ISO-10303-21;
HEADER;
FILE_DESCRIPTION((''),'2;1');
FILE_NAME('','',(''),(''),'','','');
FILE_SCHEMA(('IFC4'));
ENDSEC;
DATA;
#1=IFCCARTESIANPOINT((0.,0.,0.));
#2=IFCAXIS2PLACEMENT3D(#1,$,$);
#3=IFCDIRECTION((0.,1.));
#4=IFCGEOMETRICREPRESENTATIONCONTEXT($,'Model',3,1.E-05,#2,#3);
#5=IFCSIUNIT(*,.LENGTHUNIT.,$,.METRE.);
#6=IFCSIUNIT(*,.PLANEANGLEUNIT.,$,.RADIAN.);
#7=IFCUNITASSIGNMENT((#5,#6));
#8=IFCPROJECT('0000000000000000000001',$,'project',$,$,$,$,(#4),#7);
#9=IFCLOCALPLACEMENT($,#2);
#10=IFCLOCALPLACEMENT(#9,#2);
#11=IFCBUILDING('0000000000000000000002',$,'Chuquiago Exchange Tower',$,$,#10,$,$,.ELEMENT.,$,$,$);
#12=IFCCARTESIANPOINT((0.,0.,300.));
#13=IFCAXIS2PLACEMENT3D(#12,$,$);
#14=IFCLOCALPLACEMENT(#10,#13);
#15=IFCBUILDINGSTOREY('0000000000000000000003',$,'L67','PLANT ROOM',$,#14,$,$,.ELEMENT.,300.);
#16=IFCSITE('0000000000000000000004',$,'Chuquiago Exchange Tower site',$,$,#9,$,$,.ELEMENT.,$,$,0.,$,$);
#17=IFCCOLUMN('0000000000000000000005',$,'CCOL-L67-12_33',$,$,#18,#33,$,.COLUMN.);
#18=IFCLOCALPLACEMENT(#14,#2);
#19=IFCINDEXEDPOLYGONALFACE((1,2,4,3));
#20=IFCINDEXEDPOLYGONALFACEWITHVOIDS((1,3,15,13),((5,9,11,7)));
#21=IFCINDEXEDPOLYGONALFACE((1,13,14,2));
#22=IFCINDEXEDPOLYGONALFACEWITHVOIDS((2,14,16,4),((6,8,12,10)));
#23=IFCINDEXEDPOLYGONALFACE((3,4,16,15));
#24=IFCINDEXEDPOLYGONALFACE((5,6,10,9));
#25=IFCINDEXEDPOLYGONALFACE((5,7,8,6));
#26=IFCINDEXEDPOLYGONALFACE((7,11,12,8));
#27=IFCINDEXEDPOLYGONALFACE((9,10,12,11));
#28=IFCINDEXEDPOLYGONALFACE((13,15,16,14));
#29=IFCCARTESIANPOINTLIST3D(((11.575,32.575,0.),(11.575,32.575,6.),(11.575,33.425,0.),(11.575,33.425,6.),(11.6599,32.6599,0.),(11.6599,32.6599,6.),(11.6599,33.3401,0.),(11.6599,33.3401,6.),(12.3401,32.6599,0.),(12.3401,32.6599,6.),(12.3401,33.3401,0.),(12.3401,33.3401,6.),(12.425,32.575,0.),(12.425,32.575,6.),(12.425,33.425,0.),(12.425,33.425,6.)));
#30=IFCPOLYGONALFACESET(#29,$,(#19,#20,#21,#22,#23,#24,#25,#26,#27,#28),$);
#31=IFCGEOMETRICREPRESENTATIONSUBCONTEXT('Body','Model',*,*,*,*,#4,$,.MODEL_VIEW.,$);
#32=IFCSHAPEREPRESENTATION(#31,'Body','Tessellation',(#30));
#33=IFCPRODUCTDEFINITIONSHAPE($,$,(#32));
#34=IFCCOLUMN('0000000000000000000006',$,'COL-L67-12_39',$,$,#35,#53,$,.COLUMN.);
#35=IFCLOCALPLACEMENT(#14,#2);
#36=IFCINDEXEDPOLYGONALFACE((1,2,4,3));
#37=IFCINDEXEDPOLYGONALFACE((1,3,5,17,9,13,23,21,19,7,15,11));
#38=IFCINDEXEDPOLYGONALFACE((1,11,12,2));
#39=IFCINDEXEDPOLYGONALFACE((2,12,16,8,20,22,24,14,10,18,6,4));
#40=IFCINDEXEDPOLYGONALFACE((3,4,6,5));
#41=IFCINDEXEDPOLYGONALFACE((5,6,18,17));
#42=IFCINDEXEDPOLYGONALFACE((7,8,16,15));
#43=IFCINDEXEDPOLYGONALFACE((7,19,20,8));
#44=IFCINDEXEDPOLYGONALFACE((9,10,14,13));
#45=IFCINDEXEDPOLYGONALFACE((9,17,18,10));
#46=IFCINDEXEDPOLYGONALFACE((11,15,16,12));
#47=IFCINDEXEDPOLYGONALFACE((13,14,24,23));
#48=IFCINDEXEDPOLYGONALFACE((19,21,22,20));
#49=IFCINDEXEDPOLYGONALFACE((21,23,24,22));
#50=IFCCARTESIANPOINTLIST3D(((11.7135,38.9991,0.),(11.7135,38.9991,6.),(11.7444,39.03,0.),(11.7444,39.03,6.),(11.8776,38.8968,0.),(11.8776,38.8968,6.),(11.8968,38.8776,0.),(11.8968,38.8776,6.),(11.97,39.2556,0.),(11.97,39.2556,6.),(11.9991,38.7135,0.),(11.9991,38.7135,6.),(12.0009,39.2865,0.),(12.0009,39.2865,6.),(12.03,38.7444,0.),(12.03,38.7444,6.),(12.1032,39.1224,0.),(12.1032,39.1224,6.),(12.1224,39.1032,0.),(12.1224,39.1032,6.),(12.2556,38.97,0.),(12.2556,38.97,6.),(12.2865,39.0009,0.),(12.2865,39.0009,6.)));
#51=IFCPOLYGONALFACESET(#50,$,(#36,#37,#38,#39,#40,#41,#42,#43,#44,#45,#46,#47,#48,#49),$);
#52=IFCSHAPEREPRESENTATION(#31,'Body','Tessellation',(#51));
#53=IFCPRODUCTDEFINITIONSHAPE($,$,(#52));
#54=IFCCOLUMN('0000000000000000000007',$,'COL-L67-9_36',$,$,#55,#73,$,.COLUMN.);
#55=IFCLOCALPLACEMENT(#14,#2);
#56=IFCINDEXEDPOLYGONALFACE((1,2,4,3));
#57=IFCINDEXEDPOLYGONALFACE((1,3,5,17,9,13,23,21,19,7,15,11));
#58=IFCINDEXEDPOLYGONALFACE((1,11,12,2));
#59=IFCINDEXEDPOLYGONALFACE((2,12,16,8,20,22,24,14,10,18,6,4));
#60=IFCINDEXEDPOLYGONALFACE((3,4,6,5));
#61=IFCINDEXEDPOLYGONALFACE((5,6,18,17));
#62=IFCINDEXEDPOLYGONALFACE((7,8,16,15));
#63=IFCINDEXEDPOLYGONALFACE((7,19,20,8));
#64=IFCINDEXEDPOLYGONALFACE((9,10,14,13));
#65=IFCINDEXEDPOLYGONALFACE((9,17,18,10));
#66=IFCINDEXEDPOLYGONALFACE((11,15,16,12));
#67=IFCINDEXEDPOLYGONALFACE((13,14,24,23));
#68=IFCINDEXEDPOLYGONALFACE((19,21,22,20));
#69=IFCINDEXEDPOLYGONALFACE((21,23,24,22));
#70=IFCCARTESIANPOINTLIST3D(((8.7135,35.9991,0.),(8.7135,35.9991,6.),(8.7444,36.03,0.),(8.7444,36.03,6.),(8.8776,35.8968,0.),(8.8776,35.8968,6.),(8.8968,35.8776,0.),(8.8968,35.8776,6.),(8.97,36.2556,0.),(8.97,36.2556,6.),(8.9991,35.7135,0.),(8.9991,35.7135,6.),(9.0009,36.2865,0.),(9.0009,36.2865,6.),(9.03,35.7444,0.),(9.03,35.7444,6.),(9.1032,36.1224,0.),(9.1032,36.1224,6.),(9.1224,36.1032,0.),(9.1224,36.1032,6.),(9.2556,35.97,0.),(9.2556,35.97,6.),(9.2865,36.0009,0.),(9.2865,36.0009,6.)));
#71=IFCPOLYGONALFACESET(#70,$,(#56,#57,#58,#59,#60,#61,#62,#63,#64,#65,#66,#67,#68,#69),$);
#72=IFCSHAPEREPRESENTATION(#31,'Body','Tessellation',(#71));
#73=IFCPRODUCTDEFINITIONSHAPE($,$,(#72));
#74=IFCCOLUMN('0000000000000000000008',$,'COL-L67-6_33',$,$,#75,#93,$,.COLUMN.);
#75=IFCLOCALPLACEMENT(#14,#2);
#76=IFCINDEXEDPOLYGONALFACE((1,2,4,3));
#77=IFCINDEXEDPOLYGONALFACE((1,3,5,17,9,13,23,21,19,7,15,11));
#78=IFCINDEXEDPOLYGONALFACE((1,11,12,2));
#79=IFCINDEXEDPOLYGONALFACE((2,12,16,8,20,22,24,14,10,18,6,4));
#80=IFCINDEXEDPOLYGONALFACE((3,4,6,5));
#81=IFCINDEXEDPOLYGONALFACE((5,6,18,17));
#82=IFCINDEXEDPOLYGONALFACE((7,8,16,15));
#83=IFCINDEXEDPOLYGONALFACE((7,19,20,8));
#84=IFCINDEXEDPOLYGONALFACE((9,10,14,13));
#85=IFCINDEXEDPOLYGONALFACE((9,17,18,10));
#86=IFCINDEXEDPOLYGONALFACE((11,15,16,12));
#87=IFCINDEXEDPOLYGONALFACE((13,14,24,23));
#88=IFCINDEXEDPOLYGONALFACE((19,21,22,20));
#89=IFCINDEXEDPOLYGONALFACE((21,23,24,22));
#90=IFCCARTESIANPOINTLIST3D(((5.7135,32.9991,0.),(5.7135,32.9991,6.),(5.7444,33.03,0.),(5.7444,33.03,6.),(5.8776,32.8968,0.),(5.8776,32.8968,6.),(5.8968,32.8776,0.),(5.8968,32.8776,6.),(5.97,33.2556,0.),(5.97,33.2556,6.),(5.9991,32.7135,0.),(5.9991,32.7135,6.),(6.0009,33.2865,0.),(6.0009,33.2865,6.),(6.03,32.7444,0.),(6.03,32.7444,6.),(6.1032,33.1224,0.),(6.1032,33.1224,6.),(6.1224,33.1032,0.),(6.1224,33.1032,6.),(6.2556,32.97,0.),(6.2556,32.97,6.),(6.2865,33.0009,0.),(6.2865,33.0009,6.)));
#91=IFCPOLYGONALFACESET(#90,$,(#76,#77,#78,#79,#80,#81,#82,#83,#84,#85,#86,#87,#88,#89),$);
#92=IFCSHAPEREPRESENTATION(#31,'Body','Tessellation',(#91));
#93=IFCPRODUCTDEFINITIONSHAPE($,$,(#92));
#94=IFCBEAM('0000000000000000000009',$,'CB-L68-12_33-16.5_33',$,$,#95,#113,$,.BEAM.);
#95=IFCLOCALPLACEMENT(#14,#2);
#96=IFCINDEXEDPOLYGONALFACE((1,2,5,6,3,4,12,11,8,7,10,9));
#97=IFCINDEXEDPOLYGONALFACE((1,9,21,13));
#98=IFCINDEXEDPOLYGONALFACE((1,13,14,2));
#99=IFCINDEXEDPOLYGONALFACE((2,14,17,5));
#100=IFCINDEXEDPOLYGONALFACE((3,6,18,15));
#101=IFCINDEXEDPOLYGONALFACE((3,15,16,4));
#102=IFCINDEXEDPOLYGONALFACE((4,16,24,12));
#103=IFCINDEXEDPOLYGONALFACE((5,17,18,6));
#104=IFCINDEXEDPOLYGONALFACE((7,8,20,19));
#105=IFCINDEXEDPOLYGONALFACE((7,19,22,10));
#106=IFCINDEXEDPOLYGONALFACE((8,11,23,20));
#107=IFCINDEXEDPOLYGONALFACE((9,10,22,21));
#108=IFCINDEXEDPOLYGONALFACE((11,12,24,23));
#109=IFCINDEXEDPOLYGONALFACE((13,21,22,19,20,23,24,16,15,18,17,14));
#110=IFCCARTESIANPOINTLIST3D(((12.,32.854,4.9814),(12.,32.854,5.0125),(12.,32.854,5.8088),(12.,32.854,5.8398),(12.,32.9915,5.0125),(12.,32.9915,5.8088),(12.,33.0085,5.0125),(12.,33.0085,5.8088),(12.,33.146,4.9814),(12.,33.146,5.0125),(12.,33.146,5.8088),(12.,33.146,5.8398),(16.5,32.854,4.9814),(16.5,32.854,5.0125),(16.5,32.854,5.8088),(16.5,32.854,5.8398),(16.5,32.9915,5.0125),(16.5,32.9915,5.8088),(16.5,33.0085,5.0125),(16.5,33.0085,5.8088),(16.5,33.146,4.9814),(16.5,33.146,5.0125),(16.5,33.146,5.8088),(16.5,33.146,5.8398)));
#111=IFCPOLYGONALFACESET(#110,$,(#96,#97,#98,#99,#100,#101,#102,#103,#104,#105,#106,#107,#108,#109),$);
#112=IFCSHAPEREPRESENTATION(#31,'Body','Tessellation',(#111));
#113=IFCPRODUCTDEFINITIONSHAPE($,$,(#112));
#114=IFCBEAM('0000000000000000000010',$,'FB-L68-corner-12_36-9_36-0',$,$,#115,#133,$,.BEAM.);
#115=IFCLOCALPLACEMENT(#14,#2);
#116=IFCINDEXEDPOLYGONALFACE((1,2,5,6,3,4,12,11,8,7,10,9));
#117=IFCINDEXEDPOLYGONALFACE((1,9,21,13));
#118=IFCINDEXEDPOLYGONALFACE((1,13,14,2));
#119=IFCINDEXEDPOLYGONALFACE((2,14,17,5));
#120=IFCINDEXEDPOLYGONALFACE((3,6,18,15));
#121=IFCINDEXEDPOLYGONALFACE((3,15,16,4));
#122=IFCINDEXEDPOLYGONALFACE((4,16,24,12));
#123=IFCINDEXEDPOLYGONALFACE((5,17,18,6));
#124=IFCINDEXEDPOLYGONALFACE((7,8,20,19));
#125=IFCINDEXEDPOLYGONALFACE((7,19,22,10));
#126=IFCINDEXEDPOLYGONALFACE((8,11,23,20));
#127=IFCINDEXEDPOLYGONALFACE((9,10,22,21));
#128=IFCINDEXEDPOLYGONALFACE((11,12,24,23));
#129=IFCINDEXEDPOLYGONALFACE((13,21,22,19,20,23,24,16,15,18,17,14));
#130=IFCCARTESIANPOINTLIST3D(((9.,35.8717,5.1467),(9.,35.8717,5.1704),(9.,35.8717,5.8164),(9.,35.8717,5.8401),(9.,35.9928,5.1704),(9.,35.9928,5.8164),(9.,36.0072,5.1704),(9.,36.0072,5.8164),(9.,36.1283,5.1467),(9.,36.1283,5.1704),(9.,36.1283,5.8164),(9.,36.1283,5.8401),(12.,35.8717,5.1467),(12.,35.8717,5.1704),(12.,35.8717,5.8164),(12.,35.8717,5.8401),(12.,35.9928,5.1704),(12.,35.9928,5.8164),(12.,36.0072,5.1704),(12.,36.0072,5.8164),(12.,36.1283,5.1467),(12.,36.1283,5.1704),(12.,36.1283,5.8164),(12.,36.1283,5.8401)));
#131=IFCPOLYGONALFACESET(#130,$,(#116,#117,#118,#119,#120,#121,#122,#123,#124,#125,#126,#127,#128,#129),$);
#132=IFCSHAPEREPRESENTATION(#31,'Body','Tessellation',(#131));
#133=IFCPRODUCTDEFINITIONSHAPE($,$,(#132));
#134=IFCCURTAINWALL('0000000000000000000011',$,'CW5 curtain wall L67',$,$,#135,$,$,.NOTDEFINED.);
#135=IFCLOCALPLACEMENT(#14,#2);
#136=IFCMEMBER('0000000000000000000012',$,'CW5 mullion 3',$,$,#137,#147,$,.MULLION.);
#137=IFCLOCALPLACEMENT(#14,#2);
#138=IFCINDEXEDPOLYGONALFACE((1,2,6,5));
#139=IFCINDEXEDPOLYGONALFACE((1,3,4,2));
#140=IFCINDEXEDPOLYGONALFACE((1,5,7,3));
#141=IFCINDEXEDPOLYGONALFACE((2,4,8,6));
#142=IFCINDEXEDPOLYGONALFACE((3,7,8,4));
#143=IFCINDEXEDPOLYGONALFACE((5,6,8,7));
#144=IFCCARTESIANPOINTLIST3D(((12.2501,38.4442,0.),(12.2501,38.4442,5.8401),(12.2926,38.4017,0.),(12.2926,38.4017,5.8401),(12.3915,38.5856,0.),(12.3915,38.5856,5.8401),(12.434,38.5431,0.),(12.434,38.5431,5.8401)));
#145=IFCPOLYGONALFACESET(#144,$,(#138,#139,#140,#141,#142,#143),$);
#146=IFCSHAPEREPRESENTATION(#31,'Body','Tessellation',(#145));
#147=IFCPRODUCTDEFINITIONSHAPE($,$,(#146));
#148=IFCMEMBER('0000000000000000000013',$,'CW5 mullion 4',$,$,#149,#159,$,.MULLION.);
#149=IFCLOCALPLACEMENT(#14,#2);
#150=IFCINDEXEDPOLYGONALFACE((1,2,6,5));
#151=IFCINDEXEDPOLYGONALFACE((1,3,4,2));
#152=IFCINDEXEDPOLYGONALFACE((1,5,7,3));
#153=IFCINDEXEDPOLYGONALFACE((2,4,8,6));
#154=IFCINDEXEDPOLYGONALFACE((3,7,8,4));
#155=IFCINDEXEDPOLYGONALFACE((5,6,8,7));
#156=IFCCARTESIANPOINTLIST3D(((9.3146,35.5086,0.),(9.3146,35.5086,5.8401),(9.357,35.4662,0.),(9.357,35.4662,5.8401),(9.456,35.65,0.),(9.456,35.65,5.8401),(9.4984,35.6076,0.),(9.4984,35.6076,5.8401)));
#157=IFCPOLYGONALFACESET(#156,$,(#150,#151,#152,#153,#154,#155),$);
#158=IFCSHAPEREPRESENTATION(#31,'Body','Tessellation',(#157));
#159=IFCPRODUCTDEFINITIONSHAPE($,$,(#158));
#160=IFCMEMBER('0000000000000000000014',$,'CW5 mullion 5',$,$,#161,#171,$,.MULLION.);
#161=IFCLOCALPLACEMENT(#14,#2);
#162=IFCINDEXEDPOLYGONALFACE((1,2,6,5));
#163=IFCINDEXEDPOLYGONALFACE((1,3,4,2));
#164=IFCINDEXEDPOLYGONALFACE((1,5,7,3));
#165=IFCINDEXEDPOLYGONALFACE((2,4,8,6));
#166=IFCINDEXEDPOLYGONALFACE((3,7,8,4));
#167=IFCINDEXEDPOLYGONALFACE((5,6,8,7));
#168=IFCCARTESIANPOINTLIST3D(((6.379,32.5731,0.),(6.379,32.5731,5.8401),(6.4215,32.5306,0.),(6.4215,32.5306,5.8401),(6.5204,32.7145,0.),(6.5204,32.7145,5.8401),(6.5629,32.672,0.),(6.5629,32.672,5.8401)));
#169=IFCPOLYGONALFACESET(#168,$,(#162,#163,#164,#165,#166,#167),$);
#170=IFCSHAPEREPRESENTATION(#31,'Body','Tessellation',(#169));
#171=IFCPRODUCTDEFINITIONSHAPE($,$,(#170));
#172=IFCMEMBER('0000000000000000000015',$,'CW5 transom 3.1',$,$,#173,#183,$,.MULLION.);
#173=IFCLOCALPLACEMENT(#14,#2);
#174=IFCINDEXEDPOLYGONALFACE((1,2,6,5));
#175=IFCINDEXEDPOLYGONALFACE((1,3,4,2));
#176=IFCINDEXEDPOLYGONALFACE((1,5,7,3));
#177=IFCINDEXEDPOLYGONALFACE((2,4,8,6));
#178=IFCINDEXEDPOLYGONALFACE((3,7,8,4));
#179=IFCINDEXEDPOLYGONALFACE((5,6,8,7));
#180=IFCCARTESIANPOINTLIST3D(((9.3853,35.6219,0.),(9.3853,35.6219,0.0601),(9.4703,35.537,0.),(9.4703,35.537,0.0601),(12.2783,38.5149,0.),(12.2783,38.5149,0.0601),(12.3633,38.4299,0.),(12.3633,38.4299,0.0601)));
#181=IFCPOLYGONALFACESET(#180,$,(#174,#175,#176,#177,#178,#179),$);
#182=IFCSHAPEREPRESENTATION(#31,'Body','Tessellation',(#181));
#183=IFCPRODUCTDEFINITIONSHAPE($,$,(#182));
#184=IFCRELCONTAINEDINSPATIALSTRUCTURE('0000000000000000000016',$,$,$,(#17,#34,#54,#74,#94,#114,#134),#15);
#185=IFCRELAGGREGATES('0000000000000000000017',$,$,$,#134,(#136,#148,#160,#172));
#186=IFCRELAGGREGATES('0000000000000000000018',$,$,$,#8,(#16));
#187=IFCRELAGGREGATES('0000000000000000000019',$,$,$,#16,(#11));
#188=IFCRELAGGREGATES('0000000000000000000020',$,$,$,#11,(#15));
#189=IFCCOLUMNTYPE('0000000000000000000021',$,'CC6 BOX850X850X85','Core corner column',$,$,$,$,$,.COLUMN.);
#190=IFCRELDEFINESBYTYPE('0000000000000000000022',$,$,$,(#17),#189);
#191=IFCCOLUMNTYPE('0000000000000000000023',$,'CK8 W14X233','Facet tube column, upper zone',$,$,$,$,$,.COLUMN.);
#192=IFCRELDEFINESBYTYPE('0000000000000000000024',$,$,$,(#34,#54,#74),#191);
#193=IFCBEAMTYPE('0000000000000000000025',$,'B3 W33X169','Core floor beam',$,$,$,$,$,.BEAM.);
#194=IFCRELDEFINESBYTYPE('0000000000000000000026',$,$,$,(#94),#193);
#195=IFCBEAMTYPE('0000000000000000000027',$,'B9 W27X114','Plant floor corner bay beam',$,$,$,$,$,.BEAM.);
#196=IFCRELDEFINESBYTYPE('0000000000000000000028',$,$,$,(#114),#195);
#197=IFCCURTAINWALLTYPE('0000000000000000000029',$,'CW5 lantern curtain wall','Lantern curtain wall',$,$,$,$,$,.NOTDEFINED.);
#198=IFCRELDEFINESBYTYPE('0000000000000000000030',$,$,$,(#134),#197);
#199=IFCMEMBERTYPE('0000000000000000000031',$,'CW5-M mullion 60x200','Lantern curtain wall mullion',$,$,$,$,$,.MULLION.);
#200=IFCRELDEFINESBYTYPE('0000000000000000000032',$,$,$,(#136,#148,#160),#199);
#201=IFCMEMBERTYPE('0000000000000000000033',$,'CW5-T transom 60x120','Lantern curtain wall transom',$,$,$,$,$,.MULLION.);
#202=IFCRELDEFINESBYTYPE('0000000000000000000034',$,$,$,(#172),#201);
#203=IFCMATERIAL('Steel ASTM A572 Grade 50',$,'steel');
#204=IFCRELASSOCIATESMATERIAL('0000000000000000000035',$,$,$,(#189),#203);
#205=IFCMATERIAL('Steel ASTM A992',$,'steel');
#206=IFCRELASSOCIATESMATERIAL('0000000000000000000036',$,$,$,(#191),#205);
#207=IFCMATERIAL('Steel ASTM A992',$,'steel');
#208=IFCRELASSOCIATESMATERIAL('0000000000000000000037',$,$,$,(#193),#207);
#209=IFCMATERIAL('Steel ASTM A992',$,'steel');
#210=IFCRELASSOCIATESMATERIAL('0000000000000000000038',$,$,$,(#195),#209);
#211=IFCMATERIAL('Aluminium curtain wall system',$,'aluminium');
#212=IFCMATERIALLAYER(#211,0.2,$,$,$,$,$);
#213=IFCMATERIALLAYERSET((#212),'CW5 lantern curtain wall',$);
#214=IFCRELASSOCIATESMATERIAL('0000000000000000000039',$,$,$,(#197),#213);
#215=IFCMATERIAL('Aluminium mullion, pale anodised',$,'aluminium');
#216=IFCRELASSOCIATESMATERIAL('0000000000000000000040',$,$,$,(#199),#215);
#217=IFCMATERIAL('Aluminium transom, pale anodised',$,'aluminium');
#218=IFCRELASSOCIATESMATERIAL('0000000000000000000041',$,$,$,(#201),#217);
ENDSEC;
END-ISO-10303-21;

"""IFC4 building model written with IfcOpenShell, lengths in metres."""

from ifc_helpers import new_model, si_unit, direction, frame, origin, origin_2d, place, context, subcontext, project, spatial, rectangle, hollow_rectangle, i_section, extrude, material, layer, layer_set, material_profile, profile_set, type_object, element, aggregate, save


model = new_model("IFC4")

# Units and contexts
model_context = context("Model", 3, precision=1e-05, world=origin(), true_north=direction((0.0, 1.0)))
body_context = subcontext(model_context, "Body", "Model", "MODEL_VIEW")
ifc_project = project(units=[si_unit("LENGTHUNIT", "METRE"), si_unit("PLANEANGLEUNIT", "RADIAN")], contexts=[model_context])

# Site, building, storey
site_placement = place(None, origin())
site = spatial("IfcSite", under=ifc_project, at=site_placement, Name="Chuquiago Exchange Tower site", CompositionType="ELEMENT", RefElevation=0.0)
building_placement = place(site_placement, origin())
building = spatial("IfcBuilding", under=site, at=building_placement, Name="Chuquiago Exchange Tower", CompositionType="ELEMENT")
storey_placement = place(building_placement, frame((0.0, 0.0, 300.0)))
storey = spatial("IfcBuildingStorey", under=building, at=storey_placement, Name="L67", Description="PLANT ROOM", CompositionType="ELEMENT", Elevation=300.0)

# Columns
ifc_material_1 = material(Name="Steel ASTM A572 Grade 50", Category="steel")
ifc_material_profile_1 = material_profile(ifc_material_1, hollow_rectangle(XDim=0.8501, YDim=0.8501, WallThickness=0.085, at=origin_2d()), Name="BOX850X850X85")
ifc_profile_set_1 = profile_set([ifc_material_profile_1], Name="Steel ASTM A572 Grade 50")
column_type_1 = type_object("IfcColumnType", Name="CC6 BOX850X850X85", Description="Core corner column", PredefinedType="COLUMN", material=ifc_profile_set_1)
column_placement = place(storey_placement, frame((12.0, 33.0, 0.0), z_axis=(0.0, 0.0, 1.0), x_axis=(1.0, 0.0, 0.0)))
element("IfcColumn", 1, at=column_placement, inside=storey, type_object=column_type_1, Name="CCOL-L67-12_33", PredefinedType="COLUMN", context=body_context, shape_type="SweptSolid", body=[
    extrude(hollow_rectangle(XDim=0.8501, YDim=0.8501, WallThickness=0.085, at=origin_2d()), origin(), (0.0, 0.0, 1.0), 6.0),
])
ifc_material_2 = material(Name="Steel ASTM A992", Category="steel")
ifc_material_profile_2 = material_profile(ifc_material_2, i_section(OverallWidth=0.4038, OverallDepth=0.4065, WebThickness=0.0271, FlangeThickness=0.0437, at=origin_2d()), Name="W14X233")
ifc_profile_set_2 = profile_set([ifc_material_profile_2], Name="Steel ASTM A992")
column_type_2 = type_object("IfcColumnType", Name="CK8 W14X233", Description="Facet tube column, upper zone", PredefinedType="COLUMN", material=ifc_profile_set_2)
for number, where, z_axis, x_axis, name in (
    (2, (12.0, 39.0, 0.0), (0.0, 0.0, 1.0), (-0.707107, 0.707107, 0.0), "COL-L67-12_39"),
    (3, (9.0, 36.0, 0.0), (0.0, 0.0, 1.0), (-0.707107, 0.707107, 0.0), "COL-L67-9_36"),
    (4, (6.0, 33.0, 0.0), (0.0, 0.0, 1.0), (-0.707107, 0.707107, 0.0), "COL-L67-6_33"),
):
    element("IfcColumn", number, at=place(storey_placement, frame(where, z_axis=z_axis, x_axis=x_axis)), inside=storey, type_object=column_type_2, Name=name, PredefinedType="COLUMN", context=body_context, shape_type="SweptSolid", body=[
        extrude(i_section(OverallWidth=0.4038, OverallDepth=0.4065, WebThickness=0.0271, FlangeThickness=0.0437, at=origin_2d()), origin(), (0.0, 0.0, 1.0), 6.0),
    ])

# Beams
ifc_material_3 = material(Name="Steel ASTM A992", Category="steel")
ifc_material_profile_3 = material_profile(ifc_material_3, i_section(OverallWidth=0.292, OverallDepth=0.8584, WebThickness=0.0171, FlangeThickness=0.031, at=origin_2d()), Name="W33X169")
ifc_profile_set_3 = profile_set([ifc_material_profile_3], Name="Steel ASTM A992")
beam_type_1 = type_object("IfcBeamType", Name="B3 W33X169", Description="Core floor beam", PredefinedType="BEAM", material=ifc_profile_set_3)
beam_1_placement = place(storey_placement, frame((12.0, 33.0, 5.4106), z_axis=(1.0, 0.0, 0.0), x_axis=(0.0, 1.0, 0.0)))
element("IfcBeam", 5, at=beam_1_placement, inside=storey, type_object=beam_type_1, Name="CB-L68-12_33-16.5_33", PredefinedType="BEAM", context=body_context, shape_type="SweptSolid", body=[
    extrude(i_section(OverallWidth=0.292, OverallDepth=0.8584, WebThickness=0.0171, FlangeThickness=0.031, at=origin_2d()), origin(), (0.0, 0.0, 1.0), 4.5),
])
ifc_material_4 = material(Name="Steel ASTM A992", Category="steel")
ifc_material_profile_4 = material_profile(ifc_material_4, i_section(OverallWidth=0.2566, OverallDepth=0.6934, WebThickness=0.0144, FlangeThickness=0.0237, at=origin_2d()), Name="W27X114")
ifc_profile_set_4 = profile_set([ifc_material_profile_4], Name="Steel ASTM A992")
beam_type_2 = type_object("IfcBeamType", Name="B9 W27X114", Description="Plant floor corner bay beam", PredefinedType="BEAM", material=ifc_profile_set_4)
beam_2_placement = place(storey_placement, frame((12.0, 36.0, 5.4934), z_axis=(-1.0, 0.0, 0.0), x_axis=(0.0, -1.0, 0.0)))
element("IfcBeam", 6, at=beam_2_placement, inside=storey, type_object=beam_type_2, Name="FB-L68-corner-12_36-9_36-0", PredefinedType="BEAM", context=body_context, shape_type="SweptSolid", body=[
    extrude(i_section(OverallWidth=0.2566, OverallDepth=0.6934, WebThickness=0.0144, FlangeThickness=0.0237, at=origin_2d()), origin(), (0.0, 0.0, 1.0), 3.0),
])

# Curtain wall, members
ifc_material_5 = material(Name="Aluminium curtain wall system", Category="aluminium")
ifc_layer_1 = layer(ifc_material_5, 0.2)
ifc_layer_set_1 = layer_set([ifc_layer_1], Name="CW5 lantern curtain wall")
curtain_wall_type = type_object("IfcCurtainWallType", Name="CW5 lantern curtain wall", Description="Lantern curtain wall", PredefinedType="NOTDEFINED", material=ifc_layer_set_1)
curtain_wall_placement = place(storey_placement, origin())
curtain_wall = element("IfcCurtainWall", 7, at=curtain_wall_placement, inside=storey, type_object=curtain_wall_type, Name="CW5 curtain wall L67", PredefinedType="NOTDEFINED")
ifc_material_6 = material(Name="Aluminium mullion, pale anodised", Category="aluminium")
ifc_material_profile_5 = material_profile(ifc_material_6, rectangle(XDim=0.0601, YDim=0.2, at=origin_2d()), Name="AL 60x200")
ifc_profile_set_5 = profile_set([ifc_material_profile_5], Name="Aluminium mullion, pale anodised")
member_type_1 = type_object("IfcMemberType", Name="CW5-M mullion 60x200", Description="Lantern curtain wall mullion", PredefinedType="MULLION", material=ifc_profile_set_5)
member_1_placement = place(storey_placement, frame((12.342, 38.4937, 0.0), z_axis=(0.0, 0.0, 1.0), x_axis=(0.707105, -0.707109, 0.0)))
member_1 = element("IfcMember", 8, at=member_1_placement, type_object=member_type_1, Name="CW5 mullion 3", PredefinedType="MULLION", context=body_context, shape_type="SweptSolid", body=[
    extrude(rectangle(XDim=0.0601, YDim=0.2, at=origin_2d()), origin(), (0.0, 0.0, 1.0), 5.8401),
])
member_2_placement = place(storey_placement, frame((9.4065, 35.5581, 0.0), z_axis=(0.0, 0.0, 1.0), x_axis=(0.707105, -0.707109, 0.0)))
member_2 = element("IfcMember", 9, at=member_2_placement, type_object=member_type_1, Name="CW5 mullion 4", PredefinedType="MULLION", context=body_context, shape_type="SweptSolid", body=[
    extrude(rectangle(XDim=0.0601, YDim=0.2, at=origin_2d()), origin(), (0.0, 0.0, 1.0), 5.8401),
])
member_3_placement = place(storey_placement, frame((6.4709, 32.6226, 0.0), z_axis=(0.0, 0.0, 1.0), x_axis=(0.707105, -0.707109, 0.0)))
member_3 = element("IfcMember", 10, at=member_3_placement, type_object=member_type_1, Name="CW5 mullion 5", PredefinedType="MULLION", context=body_context, shape_type="SweptSolid", body=[
    extrude(rectangle(XDim=0.0601, YDim=0.2, at=origin_2d()), origin(), (0.0, 0.0, 1.0), 5.8401),
])
ifc_material_7 = material(Name="Aluminium transom, pale anodised", Category="aluminium")
ifc_material_profile_6 = material_profile(ifc_material_7, rectangle(XDim=0.1201, YDim=0.0601, at=origin_2d()), Name="AL 120x60")
ifc_profile_set_6 = profile_set([ifc_material_profile_6], Name="Aluminium transom, pale anodised")
member_type_2 = type_object("IfcMemberType", Name="CW5-T transom 60x120", Description="Lantern curtain wall transom", PredefinedType="MULLION", material=ifc_profile_set_6)
member_4_placement = place(storey_placement, frame((12.3208, 38.4724, 0.03), z_axis=(-0.707107, -0.707107, 0.0), x_axis=(0.707107, -0.707107, 0.0)))
member_4 = element("IfcMember", 11, at=member_4_placement, type_object=member_type_2, Name="CW5 transom 3.1", PredefinedType="MULLION", context=body_context, shape_type="SweptSolid", body=[
    extrude(rectangle(XDim=0.1201, YDim=0.0601, at=origin_2d()), origin(), (0.0, 0.0, 1.0), 4.0913),
])

aggregate(curtain_wall, [member_1, member_2, member_3, member_4])

save(model, "model.ifc")
